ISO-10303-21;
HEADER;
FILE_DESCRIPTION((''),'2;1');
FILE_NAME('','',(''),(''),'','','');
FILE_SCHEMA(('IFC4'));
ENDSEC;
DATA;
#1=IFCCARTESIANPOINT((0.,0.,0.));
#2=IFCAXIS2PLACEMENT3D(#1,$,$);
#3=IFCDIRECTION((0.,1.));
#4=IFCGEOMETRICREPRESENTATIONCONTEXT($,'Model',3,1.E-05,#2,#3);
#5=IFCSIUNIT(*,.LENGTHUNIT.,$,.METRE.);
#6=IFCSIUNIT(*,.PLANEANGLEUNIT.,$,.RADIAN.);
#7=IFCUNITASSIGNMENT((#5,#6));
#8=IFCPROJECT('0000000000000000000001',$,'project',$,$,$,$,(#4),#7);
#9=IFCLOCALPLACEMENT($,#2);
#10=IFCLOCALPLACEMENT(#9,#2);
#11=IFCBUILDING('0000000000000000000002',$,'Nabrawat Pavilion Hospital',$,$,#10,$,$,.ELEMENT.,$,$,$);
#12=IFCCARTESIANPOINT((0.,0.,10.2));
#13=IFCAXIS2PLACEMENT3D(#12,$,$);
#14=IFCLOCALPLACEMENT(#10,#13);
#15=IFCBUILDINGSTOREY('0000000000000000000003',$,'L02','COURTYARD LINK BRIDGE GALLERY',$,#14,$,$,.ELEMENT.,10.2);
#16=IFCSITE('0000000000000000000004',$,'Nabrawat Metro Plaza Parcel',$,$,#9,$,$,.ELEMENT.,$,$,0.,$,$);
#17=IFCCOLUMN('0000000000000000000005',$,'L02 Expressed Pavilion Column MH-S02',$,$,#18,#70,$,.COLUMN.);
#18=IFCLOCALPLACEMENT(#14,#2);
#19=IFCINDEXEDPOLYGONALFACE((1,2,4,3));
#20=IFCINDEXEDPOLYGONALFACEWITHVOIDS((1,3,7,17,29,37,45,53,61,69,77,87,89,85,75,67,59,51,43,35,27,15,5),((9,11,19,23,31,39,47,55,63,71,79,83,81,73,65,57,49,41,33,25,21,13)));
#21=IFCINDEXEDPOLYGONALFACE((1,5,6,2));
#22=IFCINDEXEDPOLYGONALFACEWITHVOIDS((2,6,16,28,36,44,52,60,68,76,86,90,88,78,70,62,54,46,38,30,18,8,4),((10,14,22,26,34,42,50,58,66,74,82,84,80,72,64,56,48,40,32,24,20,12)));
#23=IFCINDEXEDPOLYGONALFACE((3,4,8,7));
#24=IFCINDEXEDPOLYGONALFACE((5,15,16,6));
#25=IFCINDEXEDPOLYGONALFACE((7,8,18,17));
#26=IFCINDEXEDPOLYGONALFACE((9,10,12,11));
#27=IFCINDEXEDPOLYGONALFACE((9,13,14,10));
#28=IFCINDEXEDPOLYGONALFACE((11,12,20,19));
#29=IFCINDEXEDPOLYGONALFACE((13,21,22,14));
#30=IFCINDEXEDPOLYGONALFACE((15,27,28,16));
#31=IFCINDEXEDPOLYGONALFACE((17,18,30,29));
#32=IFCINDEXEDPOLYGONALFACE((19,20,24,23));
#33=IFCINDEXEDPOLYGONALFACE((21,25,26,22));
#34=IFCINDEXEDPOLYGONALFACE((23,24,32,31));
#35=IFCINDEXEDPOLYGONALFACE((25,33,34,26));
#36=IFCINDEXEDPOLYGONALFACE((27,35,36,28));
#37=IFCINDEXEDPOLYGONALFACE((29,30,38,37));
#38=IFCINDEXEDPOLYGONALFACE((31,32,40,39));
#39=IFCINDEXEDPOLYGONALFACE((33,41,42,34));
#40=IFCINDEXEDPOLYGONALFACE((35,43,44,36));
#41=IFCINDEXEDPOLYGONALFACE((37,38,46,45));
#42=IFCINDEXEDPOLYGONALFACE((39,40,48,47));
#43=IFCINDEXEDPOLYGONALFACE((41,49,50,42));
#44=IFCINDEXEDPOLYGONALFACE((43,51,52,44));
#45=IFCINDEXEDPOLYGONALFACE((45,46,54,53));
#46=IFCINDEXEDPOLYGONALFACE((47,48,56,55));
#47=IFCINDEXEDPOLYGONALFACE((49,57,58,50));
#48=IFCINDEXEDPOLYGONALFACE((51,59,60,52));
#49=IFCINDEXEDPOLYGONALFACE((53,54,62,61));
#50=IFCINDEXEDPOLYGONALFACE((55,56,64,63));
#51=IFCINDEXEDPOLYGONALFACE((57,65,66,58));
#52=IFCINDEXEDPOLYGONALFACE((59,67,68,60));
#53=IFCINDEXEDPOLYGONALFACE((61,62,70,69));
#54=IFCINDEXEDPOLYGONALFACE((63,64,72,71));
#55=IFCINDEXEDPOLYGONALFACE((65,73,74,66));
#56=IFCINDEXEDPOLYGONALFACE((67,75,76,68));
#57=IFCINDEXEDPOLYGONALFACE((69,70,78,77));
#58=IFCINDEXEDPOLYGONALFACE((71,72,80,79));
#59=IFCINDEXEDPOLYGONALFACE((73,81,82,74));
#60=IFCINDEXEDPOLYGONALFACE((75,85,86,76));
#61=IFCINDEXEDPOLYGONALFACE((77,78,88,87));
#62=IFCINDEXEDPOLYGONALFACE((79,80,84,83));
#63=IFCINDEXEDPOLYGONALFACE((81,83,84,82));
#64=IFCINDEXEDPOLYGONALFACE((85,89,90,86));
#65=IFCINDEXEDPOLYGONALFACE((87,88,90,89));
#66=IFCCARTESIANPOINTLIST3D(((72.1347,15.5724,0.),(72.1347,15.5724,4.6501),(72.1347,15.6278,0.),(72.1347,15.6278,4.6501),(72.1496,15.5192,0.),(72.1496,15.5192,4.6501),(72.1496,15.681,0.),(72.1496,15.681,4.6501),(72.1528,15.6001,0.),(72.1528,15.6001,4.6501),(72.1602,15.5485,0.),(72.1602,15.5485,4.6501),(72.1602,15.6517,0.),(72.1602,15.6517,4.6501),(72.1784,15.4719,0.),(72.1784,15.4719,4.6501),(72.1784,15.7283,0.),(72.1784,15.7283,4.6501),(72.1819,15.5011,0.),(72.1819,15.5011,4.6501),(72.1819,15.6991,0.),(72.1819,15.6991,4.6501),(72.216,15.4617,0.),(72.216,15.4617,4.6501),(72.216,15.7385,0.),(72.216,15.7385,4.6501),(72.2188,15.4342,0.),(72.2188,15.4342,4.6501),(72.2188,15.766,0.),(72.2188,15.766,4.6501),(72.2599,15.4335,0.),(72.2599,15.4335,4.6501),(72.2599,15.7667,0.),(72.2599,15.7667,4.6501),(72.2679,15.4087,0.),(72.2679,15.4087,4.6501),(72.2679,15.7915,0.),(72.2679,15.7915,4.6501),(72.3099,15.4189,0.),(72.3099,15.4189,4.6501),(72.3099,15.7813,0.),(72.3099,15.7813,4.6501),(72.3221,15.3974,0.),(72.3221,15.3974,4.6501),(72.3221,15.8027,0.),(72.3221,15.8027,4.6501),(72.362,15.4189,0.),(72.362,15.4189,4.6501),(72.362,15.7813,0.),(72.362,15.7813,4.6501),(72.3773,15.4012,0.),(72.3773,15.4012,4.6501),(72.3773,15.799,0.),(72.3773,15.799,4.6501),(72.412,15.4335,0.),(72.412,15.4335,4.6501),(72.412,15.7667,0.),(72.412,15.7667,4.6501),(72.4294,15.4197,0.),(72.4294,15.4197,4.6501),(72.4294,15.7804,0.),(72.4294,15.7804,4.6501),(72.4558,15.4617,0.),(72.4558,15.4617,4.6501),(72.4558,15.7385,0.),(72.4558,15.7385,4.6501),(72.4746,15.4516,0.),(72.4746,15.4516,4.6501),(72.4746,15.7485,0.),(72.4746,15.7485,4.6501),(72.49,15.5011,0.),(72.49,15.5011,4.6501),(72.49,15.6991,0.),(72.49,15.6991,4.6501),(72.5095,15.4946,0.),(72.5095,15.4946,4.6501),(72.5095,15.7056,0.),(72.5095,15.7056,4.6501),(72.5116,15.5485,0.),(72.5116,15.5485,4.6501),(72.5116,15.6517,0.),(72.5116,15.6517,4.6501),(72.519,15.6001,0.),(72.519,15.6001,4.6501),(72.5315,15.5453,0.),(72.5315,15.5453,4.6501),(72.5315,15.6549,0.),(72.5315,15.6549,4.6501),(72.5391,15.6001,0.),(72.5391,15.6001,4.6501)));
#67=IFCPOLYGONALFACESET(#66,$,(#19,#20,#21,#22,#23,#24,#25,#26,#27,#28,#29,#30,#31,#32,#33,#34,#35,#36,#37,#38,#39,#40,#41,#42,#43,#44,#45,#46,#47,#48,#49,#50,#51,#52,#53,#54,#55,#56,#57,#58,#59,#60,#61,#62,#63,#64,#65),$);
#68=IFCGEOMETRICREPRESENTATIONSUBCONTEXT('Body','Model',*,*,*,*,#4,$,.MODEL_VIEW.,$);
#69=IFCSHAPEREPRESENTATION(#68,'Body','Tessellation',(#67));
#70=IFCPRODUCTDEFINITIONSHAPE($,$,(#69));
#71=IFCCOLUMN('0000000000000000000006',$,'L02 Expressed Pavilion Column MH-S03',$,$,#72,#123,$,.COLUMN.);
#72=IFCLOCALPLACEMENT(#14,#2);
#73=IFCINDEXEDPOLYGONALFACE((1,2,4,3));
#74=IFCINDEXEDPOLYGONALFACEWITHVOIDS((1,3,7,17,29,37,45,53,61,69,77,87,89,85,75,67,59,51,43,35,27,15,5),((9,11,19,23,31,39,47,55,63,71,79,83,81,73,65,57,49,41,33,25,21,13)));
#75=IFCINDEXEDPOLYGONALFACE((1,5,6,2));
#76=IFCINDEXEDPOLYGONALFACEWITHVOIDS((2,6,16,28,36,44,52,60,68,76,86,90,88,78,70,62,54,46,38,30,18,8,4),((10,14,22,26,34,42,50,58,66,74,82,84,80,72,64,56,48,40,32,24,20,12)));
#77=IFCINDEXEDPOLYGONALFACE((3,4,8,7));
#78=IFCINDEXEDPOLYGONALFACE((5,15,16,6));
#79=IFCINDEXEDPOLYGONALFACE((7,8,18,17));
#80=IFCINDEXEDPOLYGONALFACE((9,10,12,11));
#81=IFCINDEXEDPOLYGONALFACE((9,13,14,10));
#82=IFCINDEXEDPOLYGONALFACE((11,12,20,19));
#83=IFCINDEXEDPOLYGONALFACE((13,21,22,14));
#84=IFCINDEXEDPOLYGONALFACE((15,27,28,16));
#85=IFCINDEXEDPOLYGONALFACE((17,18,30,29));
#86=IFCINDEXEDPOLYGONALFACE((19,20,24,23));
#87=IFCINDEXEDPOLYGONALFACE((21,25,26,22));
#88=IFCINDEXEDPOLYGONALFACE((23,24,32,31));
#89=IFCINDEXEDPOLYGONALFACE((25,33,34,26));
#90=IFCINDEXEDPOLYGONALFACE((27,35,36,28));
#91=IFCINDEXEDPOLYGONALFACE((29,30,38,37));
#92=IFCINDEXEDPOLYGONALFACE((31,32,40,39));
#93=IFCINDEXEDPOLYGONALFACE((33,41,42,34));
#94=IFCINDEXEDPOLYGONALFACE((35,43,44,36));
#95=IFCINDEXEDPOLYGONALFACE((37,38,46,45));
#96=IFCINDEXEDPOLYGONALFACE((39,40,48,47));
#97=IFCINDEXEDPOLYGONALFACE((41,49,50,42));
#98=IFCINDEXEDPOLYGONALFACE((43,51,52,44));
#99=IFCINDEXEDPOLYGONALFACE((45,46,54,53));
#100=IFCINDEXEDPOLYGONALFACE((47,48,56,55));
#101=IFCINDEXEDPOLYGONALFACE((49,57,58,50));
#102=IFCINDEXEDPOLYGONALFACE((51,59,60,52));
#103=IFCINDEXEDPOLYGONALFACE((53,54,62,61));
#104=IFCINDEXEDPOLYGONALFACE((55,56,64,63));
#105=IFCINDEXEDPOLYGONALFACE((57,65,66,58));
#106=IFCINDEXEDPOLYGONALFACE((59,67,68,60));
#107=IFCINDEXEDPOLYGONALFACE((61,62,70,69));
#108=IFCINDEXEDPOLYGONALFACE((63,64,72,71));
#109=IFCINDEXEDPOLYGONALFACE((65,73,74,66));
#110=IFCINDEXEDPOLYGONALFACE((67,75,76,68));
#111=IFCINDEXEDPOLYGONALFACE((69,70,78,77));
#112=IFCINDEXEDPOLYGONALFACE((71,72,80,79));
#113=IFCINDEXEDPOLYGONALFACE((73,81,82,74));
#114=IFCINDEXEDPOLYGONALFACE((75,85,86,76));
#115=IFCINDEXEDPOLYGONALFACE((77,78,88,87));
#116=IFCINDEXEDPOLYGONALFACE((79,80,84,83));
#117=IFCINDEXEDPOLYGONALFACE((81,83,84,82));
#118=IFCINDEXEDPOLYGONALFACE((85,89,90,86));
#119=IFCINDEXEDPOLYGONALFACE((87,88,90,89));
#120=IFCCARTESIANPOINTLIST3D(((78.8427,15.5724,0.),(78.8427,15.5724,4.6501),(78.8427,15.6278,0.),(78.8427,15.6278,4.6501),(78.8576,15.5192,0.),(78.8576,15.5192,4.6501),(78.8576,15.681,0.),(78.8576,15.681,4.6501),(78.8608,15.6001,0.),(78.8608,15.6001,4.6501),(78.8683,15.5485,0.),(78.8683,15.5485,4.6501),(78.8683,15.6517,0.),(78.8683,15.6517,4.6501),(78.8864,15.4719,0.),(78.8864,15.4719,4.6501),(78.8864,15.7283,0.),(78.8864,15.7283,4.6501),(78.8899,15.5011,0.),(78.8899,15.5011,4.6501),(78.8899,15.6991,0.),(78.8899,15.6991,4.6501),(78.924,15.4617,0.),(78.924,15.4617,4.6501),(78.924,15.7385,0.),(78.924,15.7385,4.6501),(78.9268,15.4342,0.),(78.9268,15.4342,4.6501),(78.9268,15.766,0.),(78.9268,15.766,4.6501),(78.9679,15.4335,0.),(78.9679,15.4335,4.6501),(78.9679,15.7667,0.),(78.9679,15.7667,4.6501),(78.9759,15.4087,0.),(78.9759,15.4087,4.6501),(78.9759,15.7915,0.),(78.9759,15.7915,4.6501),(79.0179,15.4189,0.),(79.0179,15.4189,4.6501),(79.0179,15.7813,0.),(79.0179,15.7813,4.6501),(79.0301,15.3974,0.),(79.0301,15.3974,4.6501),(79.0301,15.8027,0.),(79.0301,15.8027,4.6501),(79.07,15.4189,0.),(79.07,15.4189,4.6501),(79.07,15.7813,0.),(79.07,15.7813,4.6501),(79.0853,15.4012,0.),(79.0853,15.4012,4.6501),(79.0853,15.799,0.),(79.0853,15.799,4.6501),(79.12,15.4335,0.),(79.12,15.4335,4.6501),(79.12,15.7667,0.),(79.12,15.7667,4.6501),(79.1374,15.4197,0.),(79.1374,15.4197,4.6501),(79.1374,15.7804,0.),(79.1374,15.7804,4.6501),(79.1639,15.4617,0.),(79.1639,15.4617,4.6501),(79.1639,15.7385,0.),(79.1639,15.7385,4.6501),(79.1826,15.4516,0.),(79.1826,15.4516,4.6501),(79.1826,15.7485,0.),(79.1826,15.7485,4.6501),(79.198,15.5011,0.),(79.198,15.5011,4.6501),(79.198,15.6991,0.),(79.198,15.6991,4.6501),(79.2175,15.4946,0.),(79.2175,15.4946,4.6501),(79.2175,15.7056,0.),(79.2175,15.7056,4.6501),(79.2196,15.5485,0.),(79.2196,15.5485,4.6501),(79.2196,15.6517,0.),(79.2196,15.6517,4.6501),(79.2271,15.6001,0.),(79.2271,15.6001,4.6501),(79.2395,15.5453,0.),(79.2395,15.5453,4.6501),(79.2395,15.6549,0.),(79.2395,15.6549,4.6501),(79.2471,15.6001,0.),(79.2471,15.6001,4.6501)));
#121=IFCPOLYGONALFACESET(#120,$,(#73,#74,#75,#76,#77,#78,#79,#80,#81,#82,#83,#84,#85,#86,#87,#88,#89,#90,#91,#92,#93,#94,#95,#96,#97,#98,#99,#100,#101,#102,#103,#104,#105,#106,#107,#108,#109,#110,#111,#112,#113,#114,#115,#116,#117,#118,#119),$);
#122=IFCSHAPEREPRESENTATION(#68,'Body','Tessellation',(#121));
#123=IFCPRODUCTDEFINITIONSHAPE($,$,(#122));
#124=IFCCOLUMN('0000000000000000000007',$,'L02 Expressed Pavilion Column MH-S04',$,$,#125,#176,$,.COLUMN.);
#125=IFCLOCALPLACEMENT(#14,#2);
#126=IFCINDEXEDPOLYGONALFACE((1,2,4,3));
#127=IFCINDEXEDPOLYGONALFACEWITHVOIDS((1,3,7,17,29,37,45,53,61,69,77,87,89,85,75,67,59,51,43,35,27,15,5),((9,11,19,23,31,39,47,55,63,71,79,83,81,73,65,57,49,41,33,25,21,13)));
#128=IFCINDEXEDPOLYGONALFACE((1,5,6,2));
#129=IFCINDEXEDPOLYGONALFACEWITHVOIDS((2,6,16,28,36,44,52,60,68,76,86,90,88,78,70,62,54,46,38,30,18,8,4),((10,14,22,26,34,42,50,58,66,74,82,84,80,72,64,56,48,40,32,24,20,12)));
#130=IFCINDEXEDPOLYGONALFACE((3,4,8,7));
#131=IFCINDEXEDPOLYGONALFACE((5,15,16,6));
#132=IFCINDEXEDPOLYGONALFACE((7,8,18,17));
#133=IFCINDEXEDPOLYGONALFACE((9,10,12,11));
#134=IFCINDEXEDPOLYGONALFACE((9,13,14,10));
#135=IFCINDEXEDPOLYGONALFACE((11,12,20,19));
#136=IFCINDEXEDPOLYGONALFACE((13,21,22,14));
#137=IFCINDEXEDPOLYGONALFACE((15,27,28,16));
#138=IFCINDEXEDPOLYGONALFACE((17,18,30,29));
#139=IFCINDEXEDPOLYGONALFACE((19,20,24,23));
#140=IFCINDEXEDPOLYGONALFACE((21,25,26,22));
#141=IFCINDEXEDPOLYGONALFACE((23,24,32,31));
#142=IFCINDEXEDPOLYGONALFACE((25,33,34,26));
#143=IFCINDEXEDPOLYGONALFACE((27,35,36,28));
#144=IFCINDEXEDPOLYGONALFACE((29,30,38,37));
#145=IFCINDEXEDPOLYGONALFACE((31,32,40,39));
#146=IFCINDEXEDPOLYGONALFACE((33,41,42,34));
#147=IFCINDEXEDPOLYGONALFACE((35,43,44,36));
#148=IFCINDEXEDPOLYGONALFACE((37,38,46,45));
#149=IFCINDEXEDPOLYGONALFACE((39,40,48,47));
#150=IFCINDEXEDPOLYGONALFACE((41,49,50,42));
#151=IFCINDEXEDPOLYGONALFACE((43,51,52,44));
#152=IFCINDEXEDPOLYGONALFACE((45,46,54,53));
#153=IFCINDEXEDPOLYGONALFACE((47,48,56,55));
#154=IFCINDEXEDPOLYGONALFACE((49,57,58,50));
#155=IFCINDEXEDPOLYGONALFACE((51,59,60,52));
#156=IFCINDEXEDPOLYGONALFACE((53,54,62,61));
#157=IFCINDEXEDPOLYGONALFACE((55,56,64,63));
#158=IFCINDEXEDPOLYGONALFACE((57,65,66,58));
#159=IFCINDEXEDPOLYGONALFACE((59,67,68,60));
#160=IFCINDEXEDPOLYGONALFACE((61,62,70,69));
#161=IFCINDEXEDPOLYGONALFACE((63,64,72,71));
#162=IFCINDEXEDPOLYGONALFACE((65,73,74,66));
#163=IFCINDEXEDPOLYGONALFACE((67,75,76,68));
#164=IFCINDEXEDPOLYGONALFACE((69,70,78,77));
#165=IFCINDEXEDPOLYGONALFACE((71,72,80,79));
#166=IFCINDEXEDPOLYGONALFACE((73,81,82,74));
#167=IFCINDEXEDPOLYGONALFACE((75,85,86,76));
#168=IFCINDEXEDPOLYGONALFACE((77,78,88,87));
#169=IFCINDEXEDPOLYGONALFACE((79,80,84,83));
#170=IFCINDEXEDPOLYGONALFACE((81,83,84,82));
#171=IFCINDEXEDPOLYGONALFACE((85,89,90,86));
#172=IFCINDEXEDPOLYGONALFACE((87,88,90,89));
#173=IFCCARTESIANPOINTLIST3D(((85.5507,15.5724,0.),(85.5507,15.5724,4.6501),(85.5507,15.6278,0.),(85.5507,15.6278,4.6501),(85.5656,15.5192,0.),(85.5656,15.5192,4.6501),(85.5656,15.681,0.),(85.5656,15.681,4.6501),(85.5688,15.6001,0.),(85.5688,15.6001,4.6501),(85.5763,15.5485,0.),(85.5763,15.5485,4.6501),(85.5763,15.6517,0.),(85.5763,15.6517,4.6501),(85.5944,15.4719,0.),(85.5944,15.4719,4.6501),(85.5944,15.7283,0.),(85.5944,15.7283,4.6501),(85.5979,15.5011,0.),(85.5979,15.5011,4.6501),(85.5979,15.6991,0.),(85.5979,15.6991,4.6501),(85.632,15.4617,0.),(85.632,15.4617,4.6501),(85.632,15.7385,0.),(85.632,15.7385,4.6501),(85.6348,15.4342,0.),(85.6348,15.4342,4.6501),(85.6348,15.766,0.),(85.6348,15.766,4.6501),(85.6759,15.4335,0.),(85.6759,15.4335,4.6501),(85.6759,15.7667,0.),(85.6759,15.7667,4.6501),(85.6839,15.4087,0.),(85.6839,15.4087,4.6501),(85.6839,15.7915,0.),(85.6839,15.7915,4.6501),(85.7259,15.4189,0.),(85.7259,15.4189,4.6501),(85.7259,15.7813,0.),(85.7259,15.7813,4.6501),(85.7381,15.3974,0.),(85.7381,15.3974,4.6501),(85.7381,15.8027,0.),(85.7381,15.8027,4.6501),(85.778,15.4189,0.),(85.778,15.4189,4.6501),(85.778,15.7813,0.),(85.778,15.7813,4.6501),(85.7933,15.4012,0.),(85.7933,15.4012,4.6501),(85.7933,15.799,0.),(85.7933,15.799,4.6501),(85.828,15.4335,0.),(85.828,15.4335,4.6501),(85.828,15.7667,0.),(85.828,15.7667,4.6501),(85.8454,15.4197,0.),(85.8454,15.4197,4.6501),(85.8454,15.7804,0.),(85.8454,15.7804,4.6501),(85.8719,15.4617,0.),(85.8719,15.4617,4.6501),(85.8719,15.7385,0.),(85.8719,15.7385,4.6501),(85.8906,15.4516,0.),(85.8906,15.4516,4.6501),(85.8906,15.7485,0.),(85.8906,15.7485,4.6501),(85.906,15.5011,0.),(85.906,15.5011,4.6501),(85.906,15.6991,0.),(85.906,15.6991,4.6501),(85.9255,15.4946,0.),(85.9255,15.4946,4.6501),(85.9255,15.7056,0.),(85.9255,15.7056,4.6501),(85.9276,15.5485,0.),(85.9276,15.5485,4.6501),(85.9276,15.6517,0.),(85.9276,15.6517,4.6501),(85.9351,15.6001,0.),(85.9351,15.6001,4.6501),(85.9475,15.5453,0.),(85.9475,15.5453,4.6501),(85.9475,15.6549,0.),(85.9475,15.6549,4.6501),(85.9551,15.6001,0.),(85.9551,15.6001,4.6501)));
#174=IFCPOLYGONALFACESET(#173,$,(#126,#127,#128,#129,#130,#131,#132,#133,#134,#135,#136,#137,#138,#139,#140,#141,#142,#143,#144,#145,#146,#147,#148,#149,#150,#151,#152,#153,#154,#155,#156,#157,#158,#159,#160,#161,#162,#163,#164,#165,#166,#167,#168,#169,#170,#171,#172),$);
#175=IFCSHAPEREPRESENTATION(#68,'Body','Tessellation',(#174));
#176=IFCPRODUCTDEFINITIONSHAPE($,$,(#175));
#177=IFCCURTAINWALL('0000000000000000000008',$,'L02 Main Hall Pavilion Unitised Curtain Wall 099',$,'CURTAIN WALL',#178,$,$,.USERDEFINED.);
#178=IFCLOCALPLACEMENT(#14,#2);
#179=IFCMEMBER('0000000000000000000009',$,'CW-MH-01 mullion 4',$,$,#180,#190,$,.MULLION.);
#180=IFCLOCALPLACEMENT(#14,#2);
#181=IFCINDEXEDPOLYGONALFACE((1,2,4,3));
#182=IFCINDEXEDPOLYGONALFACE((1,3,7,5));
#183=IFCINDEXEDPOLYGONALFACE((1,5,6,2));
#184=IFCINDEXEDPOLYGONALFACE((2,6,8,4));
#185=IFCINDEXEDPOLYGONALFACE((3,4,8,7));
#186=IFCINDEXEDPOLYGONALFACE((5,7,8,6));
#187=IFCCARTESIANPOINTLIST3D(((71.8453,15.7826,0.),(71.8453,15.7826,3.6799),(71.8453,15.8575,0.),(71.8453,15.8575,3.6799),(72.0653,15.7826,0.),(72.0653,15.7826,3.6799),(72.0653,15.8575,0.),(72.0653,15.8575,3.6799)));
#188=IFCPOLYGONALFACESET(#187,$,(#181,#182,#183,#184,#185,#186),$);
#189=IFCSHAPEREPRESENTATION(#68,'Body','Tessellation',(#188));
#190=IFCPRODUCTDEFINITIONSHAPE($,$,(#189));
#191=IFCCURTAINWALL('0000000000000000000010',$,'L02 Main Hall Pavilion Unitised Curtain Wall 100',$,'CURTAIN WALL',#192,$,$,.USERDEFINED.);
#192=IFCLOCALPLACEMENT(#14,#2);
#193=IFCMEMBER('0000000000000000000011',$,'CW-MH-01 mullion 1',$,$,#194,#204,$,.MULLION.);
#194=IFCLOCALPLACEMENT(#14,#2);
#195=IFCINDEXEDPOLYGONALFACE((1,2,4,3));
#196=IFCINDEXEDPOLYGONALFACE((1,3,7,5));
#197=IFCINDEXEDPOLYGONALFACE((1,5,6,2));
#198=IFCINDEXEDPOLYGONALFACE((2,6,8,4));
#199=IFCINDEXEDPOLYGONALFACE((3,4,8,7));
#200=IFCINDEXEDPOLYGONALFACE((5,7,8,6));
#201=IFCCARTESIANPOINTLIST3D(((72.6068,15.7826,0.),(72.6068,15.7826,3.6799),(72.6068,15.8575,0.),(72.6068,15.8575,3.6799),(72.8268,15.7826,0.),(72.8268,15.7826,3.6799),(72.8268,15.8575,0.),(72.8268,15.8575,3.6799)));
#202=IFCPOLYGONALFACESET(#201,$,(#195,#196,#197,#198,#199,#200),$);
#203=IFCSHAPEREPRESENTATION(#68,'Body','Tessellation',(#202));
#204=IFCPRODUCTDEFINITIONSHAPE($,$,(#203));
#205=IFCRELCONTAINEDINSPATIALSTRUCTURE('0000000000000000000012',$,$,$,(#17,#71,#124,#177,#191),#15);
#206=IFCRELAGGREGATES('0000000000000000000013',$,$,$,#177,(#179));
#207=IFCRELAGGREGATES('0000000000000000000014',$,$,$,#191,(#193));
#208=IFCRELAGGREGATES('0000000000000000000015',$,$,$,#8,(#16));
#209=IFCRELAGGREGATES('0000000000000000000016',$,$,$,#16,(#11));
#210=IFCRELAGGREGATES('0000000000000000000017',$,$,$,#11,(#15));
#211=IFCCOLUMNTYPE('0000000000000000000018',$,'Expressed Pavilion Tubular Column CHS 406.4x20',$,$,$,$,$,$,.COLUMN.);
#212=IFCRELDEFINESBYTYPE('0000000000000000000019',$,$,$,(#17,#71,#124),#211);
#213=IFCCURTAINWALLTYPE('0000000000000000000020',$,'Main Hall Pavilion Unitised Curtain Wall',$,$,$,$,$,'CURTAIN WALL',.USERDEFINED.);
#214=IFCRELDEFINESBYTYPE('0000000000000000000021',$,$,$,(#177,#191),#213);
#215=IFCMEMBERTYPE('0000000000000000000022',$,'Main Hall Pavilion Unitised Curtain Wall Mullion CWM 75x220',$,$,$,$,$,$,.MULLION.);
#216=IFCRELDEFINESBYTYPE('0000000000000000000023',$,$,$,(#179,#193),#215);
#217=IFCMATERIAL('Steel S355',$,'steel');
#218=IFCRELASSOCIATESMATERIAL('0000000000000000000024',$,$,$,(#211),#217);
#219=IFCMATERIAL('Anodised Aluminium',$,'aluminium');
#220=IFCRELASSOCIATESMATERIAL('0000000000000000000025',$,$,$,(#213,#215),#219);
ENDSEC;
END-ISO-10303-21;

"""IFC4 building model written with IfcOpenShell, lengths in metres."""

from ifc_helpers import new_model, si_unit, direction, frame, origin, origin_2d, place, context, subcontext, project, spatial, rectangle, hollow_circle, extrude, material, material_profile, profile_set, type_object, element, aggregate, save


model = new_model("IFC4")

# Units and contexts
model_context = context("Model", 3, precision=1e-05, world=origin(), true_north=direction((0.0, 1.0)))
body_context = subcontext(model_context, "Body", "Model", "MODEL_VIEW")
ifc_project = project(units=[si_unit("LENGTHUNIT", "METRE"), si_unit("PLANEANGLEUNIT", "RADIAN")], contexts=[model_context])

# Site, building, storey
site_placement = place(None, origin())
site = spatial("IfcSite", under=ifc_project, at=site_placement, Name="Nabrawat Metro Plaza Parcel", CompositionType="ELEMENT", RefElevation=0.0)
building_placement = place(site_placement, origin())
building = spatial("IfcBuilding", under=site, at=building_placement, Name="Nabrawat Pavilion Hospital", CompositionType="ELEMENT")
storey_placement = place(building_placement, frame((0.0, 0.0, 10.2)))
storey = spatial("IfcBuildingStorey", under=building, at=storey_placement, Name="L02", Description="COURTYARD LINK BRIDGE GALLERY", CompositionType="ELEMENT", Elevation=10.2)

# Columns
ifc_material_1 = material(Name="Steel S355", Category="steel")
ifc_material_profile_1 = material_profile(ifc_material_1, hollow_circle(Radius=0.2031, WallThickness=0.02, at=origin_2d()), Name="CHS 406.4x20")
ifc_profile_set_1 = profile_set([ifc_material_profile_1], Name="Steel S355")
column_type = type_object("IfcColumnType", Name="Expressed Pavilion Tubular Column CHS 406.4x20", PredefinedType="COLUMN", material=ifc_profile_set_1)
for number, where, z_axis, x_axis, name in (
    (1, (72.3359, 15.6001, 0.0), (0.0, 0.0, 1.0), (1.0, 0.0, 0.0), "L02 Expressed Pavilion Column MH-S02"),
    (2, (79.0439, 15.6001, 0.0), (0.0, 0.0, 1.0), (1.0, 0.0, 0.0), "L02 Expressed Pavilion Column MH-S03"),
    (3, (85.752, 15.6001, 0.0), (0.0, 0.0, 1.0), (1.0, 0.0, 0.0), "L02 Expressed Pavilion Column MH-S04"),
):
    element("IfcColumn", number, at=place(storey_placement, frame(where, z_axis=z_axis, x_axis=x_axis)), inside=storey, type_object=column_type, Name=name, PredefinedType="COLUMN", context=body_context, shape_type="SweptSolid", body=[
        extrude(hollow_circle(Radius=0.2031, WallThickness=0.02, at=origin_2d()), origin(), (0.0, 0.0, 1.0), 4.6501),
    ])

# Curtain wall, member
ifc_material_2 = material(Name="Anodised Aluminium", Category="aluminium")
curtain_wall_type = type_object("IfcCurtainWallType", Name="Main Hall Pavilion Unitised Curtain Wall", ElementType="CURTAIN WALL", PredefinedType="USERDEFINED", material=ifc_material_2)
curtain_wall_1_placement = place(storey_placement, origin())
curtain_wall_1 = element("IfcCurtainWall", 4, at=curtain_wall_1_placement, inside=storey, type_object=curtain_wall_type, Name="L02 Main Hall Pavilion Unitised Curtain Wall 099", ObjectType="CURTAIN WALL", PredefinedType="USERDEFINED")
ifc_material_profile_2 = material_profile(ifc_material_2, rectangle(XDim=0.075, YDim=0.22, at=origin_2d()), Name="CWM 75x220")
ifc_profile_set_2 = profile_set([ifc_material_profile_2], Name="Anodised Aluminium")
member_type_1 = type_object("IfcMemberType", Name="Main Hall Pavilion Unitised Curtain Wall Mullion CWM 75x220", PredefinedType="MULLION", material=ifc_profile_set_2)
member_1_placement = place(storey_placement, frame((71.9553, 15.8201, 0.0), z_axis=(0.0, 0.0, 1.0), x_axis=(0.0, 1.0, 0.0)))
member_1 = element("IfcMember", 5, at=member_1_placement, type_object=member_type_1, Name="CW-MH-01 mullion 4", PredefinedType="MULLION", context=body_context, shape_type="SweptSolid", body=[
    extrude(rectangle(XDim=0.075, YDim=0.22, at=origin_2d()), origin(), (0.0, 0.0, 1.0), 3.6799),
])

# Curtain wall, member
curtain_wall_2_placement = place(storey_placement, origin())
curtain_wall_2 = element("IfcCurtainWall", 6, at=curtain_wall_2_placement, inside=storey, type_object=curtain_wall_type, Name="L02 Main Hall Pavilion Unitised Curtain Wall 100", ObjectType="CURTAIN WALL", PredefinedType="USERDEFINED")
member_2_placement = place(storey_placement, frame((72.7168, 15.8201, 0.0), z_axis=(0.0, 0.0, 1.0), x_axis=(0.0, 1.0, 0.0)))
member_2 = element("IfcMember", 7, at=member_2_placement, type_object=member_type_1, Name="CW-MH-01 mullion 1", PredefinedType="MULLION", context=body_context, shape_type="SweptSolid", body=[
    extrude(rectangle(XDim=0.075, YDim=0.22, at=origin_2d()), origin(), (0.0, 0.0, 1.0), 3.6799),
])

aggregate(curtain_wall_1, [member_1])
aggregate(curtain_wall_2, [member_2])

save(model, "model.ifc")
